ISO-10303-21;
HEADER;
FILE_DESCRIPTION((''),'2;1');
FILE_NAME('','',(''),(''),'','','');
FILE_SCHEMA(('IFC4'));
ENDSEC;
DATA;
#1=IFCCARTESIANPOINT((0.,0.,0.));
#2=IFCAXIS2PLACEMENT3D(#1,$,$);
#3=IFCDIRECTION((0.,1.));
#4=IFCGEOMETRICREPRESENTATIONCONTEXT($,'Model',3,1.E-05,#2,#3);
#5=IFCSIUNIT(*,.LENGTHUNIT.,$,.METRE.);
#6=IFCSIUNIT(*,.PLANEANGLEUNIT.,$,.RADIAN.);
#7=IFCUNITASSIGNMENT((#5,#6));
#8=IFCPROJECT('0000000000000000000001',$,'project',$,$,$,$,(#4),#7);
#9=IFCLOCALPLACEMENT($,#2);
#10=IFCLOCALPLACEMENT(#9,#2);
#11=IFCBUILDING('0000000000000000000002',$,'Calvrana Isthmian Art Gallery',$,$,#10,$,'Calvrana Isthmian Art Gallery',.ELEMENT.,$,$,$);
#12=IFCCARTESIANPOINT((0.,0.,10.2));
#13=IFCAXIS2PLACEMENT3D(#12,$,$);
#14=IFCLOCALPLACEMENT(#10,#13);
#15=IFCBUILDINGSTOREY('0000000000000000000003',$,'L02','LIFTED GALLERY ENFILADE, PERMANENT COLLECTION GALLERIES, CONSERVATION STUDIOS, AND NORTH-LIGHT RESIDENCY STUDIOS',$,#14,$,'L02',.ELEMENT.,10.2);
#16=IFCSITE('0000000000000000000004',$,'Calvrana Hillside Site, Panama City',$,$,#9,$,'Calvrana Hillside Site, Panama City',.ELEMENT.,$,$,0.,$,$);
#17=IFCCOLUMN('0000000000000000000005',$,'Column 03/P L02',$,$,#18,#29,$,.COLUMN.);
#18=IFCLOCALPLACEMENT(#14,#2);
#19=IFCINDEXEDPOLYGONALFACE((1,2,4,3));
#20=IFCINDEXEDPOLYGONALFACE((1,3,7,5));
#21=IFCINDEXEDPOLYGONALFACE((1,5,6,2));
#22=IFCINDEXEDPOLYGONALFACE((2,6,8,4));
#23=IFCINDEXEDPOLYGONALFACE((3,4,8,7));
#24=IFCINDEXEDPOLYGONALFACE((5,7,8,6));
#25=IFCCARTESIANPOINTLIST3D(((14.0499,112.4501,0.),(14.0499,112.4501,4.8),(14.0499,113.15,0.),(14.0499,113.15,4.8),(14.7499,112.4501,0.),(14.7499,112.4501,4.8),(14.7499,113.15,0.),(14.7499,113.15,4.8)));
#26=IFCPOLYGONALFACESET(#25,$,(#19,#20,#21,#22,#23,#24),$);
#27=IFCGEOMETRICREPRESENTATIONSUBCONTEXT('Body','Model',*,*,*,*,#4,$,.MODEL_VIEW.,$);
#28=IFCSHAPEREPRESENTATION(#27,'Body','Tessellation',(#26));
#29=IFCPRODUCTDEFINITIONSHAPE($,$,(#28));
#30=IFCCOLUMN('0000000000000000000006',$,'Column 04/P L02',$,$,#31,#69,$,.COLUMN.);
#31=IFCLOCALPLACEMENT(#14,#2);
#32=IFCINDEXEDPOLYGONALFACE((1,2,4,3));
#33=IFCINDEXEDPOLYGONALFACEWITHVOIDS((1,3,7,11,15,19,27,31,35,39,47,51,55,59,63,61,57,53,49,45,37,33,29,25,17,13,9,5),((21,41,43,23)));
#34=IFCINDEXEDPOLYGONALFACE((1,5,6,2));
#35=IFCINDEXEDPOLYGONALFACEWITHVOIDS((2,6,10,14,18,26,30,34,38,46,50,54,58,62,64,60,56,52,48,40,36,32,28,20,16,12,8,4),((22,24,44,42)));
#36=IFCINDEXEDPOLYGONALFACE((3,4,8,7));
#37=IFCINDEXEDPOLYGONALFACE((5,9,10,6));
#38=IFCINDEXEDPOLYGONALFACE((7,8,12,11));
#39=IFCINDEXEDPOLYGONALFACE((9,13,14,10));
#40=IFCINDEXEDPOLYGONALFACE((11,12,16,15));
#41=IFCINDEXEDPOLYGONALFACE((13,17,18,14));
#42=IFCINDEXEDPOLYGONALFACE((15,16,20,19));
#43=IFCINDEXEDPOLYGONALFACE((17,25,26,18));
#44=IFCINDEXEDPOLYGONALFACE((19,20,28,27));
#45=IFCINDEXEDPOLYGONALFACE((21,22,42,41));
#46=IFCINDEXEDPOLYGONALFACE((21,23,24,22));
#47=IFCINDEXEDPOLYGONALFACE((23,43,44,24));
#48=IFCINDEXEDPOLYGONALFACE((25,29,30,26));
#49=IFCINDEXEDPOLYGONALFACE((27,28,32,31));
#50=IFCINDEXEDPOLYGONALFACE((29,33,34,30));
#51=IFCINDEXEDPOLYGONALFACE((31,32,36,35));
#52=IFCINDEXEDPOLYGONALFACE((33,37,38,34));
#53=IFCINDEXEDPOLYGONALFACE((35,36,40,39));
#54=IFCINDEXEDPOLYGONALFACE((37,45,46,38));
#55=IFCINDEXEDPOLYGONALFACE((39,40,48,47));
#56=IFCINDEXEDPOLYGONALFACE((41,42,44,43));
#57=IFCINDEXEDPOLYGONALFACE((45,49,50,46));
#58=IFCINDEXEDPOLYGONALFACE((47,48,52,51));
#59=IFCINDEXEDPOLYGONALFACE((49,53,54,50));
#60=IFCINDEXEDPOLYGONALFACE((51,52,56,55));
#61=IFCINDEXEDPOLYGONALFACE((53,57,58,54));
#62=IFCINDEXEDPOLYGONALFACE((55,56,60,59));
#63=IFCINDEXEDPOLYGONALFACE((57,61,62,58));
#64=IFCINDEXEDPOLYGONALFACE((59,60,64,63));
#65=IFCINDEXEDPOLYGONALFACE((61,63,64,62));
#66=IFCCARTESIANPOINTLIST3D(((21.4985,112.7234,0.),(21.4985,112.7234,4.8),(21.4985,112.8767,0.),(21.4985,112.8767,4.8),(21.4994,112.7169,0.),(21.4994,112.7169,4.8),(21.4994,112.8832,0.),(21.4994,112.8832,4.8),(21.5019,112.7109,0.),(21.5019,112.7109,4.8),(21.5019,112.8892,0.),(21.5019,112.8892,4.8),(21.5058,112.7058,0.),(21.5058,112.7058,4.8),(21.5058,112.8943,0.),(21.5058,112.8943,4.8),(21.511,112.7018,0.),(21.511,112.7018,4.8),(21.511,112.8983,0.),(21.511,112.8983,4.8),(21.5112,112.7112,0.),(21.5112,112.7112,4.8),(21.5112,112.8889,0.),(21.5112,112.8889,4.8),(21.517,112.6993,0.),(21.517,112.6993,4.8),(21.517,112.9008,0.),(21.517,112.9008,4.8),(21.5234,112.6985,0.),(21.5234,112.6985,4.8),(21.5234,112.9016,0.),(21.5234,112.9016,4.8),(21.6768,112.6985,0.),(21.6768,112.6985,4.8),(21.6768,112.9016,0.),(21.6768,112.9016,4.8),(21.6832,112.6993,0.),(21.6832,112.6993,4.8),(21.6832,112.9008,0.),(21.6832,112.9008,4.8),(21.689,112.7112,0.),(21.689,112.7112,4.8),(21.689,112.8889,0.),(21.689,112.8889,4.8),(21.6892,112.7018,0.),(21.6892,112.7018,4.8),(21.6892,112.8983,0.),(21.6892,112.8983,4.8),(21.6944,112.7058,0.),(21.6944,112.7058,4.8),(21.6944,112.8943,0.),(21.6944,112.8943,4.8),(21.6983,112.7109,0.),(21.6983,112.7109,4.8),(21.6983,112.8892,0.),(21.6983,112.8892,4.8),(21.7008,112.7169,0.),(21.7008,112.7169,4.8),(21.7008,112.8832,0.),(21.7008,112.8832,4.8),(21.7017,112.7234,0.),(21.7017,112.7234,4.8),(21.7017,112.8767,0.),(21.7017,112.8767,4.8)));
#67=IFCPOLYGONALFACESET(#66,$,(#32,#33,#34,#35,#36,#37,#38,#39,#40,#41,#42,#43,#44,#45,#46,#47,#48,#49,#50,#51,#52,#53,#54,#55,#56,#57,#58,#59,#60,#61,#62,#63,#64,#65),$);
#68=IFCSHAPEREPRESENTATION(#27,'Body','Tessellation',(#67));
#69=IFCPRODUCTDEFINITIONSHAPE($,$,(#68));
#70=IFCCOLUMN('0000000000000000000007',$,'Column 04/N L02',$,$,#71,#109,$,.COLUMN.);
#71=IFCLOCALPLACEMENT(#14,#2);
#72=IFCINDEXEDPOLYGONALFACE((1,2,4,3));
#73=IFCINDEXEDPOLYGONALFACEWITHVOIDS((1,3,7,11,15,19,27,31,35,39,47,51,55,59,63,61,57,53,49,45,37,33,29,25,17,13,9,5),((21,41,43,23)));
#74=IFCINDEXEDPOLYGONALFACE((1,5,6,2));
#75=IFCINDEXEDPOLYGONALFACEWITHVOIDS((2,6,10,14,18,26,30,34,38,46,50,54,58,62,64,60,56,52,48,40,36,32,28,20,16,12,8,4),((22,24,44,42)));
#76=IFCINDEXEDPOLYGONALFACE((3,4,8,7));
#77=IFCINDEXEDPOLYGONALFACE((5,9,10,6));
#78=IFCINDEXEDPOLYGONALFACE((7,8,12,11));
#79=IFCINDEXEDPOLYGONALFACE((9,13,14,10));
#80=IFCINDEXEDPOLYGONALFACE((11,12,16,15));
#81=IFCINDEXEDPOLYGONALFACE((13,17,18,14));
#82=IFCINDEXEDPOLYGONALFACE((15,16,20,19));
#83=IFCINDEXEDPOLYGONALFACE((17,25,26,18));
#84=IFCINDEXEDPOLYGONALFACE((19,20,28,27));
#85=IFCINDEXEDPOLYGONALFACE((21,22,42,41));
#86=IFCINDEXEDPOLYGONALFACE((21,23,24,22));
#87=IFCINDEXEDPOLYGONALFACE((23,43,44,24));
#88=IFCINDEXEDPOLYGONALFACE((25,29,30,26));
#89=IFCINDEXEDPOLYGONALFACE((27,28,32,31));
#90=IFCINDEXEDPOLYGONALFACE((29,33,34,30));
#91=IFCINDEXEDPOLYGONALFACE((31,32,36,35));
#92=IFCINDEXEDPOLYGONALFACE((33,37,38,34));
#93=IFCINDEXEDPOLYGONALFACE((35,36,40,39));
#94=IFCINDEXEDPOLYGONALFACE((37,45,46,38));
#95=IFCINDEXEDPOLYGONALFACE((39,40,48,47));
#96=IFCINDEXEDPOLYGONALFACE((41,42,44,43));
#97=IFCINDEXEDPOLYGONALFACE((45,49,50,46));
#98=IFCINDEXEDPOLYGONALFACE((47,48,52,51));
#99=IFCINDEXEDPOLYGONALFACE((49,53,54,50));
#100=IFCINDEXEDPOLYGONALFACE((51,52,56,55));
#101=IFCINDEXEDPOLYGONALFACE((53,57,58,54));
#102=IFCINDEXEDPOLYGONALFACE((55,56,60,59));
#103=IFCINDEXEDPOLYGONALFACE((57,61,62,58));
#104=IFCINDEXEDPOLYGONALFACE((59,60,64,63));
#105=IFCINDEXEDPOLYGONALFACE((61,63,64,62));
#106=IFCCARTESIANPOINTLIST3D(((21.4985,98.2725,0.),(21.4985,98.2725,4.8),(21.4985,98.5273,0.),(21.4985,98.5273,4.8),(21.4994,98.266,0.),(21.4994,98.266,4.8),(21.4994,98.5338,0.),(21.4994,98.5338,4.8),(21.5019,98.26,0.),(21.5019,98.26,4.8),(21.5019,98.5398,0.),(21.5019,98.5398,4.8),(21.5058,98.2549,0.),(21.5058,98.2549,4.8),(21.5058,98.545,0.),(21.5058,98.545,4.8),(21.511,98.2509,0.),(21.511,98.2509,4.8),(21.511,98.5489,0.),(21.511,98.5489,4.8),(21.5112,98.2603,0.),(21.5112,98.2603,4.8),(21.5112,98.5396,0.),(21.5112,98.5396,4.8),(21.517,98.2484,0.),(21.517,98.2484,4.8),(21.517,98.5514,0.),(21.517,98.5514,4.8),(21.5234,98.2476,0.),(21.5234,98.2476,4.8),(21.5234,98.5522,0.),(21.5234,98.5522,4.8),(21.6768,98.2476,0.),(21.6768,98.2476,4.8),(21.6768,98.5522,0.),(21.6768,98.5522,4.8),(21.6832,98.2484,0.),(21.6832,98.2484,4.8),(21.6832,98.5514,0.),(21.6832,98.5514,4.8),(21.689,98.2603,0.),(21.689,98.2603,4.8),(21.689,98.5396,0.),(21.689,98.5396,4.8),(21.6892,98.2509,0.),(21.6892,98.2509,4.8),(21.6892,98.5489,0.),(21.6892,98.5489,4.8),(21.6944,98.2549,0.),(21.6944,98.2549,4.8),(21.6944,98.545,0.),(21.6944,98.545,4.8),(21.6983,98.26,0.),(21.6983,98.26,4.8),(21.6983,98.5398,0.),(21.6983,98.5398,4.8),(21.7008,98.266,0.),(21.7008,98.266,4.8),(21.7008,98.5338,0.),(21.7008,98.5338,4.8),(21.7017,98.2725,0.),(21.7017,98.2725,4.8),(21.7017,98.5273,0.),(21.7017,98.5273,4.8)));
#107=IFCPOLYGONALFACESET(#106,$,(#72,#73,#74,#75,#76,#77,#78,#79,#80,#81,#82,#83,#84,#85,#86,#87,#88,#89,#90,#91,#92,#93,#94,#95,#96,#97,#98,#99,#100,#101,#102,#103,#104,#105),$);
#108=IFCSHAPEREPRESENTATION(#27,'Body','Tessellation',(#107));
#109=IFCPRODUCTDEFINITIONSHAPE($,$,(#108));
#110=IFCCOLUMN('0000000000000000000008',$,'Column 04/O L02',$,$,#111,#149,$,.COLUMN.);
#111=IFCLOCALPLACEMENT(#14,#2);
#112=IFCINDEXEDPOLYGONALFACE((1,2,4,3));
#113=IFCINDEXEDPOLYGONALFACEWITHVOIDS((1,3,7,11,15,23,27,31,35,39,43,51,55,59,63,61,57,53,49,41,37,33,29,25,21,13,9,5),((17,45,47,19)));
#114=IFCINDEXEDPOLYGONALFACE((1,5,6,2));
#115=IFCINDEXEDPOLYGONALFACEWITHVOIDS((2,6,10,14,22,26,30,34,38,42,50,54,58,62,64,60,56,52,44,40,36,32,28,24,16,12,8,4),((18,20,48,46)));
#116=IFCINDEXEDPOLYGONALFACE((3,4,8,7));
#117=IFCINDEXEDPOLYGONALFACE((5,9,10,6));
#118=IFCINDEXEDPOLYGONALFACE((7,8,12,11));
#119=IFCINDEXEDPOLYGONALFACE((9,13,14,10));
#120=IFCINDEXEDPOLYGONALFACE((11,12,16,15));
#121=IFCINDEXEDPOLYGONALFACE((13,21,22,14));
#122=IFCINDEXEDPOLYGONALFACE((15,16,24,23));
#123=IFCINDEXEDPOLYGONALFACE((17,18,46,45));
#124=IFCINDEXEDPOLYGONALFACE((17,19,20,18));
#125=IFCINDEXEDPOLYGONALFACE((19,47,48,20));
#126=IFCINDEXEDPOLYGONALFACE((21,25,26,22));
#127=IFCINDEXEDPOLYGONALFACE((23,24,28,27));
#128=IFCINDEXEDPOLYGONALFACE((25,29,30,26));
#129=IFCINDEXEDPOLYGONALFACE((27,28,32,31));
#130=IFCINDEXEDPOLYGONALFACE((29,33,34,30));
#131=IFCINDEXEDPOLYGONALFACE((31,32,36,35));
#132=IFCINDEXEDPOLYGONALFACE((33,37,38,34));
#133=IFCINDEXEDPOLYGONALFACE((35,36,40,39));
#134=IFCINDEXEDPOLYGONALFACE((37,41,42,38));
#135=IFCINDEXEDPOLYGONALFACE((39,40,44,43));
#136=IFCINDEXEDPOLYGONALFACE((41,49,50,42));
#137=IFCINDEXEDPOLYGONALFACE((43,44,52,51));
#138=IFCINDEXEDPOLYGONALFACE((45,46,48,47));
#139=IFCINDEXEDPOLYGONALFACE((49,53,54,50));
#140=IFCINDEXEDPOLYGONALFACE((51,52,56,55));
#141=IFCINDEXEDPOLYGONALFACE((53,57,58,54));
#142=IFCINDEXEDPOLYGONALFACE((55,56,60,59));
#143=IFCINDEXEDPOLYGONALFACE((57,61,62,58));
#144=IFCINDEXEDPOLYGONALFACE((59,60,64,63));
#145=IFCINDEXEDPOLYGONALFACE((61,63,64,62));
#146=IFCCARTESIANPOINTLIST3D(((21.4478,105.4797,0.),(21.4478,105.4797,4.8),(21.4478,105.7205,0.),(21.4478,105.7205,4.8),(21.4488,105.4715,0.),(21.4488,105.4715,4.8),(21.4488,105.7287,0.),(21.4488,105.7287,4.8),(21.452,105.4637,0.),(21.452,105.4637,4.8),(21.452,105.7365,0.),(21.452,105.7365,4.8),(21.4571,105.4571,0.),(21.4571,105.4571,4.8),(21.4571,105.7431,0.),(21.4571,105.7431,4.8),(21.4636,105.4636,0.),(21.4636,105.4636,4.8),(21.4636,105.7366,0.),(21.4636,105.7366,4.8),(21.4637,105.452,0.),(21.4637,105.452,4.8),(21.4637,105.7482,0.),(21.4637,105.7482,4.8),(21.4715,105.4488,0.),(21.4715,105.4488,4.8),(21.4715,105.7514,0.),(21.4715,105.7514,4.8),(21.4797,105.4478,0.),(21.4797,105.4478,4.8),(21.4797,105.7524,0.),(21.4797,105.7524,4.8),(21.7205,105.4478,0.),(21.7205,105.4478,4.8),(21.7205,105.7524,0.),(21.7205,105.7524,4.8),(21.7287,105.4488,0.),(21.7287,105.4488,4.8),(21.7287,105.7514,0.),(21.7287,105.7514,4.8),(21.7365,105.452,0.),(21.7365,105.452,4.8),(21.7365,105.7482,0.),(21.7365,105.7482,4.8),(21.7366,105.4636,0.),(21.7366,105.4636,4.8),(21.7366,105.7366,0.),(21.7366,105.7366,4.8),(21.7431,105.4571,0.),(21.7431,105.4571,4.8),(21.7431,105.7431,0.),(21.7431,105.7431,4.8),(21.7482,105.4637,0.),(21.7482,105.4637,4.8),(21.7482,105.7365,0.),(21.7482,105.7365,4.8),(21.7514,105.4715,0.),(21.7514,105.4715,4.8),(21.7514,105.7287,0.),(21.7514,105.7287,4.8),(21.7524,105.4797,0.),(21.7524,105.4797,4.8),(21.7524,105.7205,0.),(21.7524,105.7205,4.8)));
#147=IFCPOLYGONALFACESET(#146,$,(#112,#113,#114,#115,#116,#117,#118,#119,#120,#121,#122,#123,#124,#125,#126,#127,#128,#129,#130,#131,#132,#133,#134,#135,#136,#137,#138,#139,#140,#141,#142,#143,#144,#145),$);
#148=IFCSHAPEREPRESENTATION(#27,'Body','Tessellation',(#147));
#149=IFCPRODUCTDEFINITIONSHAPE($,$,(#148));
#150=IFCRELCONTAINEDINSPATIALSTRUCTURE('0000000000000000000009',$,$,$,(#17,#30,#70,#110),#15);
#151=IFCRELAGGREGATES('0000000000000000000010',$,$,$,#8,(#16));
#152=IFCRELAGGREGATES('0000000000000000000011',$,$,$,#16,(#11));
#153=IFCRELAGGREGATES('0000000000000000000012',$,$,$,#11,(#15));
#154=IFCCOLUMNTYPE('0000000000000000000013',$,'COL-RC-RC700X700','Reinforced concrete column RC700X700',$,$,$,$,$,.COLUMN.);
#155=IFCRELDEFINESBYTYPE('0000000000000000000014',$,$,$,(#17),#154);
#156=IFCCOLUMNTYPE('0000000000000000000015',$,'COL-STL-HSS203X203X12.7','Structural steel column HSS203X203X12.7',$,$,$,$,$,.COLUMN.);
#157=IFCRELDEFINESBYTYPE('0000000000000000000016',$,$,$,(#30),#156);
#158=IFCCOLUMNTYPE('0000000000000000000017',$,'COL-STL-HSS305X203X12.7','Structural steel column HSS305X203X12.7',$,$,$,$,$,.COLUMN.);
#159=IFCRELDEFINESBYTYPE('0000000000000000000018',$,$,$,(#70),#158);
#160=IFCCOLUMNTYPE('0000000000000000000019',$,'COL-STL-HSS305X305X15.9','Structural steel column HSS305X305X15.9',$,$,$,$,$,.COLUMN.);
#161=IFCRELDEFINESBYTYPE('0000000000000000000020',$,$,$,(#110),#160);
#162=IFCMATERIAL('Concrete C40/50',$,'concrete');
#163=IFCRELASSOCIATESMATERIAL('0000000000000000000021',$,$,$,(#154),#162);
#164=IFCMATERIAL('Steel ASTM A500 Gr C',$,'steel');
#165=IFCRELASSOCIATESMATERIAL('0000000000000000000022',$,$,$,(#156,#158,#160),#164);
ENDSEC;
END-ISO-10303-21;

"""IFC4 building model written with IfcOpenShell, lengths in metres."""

from ifc_helpers import new_model, si_unit, direction, frame, origin, origin_2d, place, context, subcontext, project, spatial, rectangle, hollow_rectangle, extrude, material, material_profile, profile_set, type_object, element, save


model = new_model("IFC4")

# Units and contexts
model_context = context("Model", 3, precision=1e-05, world=origin(), true_north=direction((0.0, 1.0)))
body_context = subcontext(model_context, "Body", "Model", "MODEL_VIEW")
ifc_project = project(units=[si_unit("LENGTHUNIT", "METRE"), si_unit("PLANEANGLEUNIT", "RADIAN")], contexts=[model_context])

# Site, building, storey
site_placement = place(None, origin())
site = spatial("IfcSite", under=ifc_project, at=site_placement, Name="Calvrana Hillside Site, Panama City", LongName="Calvrana Hillside Site, Panama City", CompositionType="ELEMENT", RefElevation=0.0)
building_placement = place(site_placement, origin())
building = spatial("IfcBuilding", under=site, at=building_placement, Name="Calvrana Isthmian Art Gallery", LongName="Calvrana Isthmian Art Gallery", CompositionType="ELEMENT")
storey_placement = place(building_placement, frame((0.0, 0.0, 10.2)))
storey = spatial("IfcBuildingStorey", under=building, at=storey_placement, Name="L02", Description="LIFTED GALLERY ENFILADE, PERMANENT COLLECTION GALLERIES, CONSERVATION STUDIOS, AND NORTH-LIGHT RESIDENCY STUDIOS", LongName="L02", CompositionType="ELEMENT", Elevation=10.2)

# Columns
ifc_material_1 = material(Name="Concrete C40/50", Category="concrete")
ifc_material_profile_1 = material_profile(ifc_material_1, rectangle(XDim=0.7, YDim=0.7, at=origin_2d()), Name="RC700X700")
ifc_profile_set_1 = profile_set([ifc_material_profile_1], Name="Concrete C40/50")
column_type_1 = type_object("IfcColumnType", Name="COL-RC-RC700X700", Description="Reinforced concrete column RC700X700", PredefinedType="COLUMN", material=ifc_profile_set_1)
column_1_placement = place(storey_placement, frame((14.3999, 112.8, 0.0), z_axis=(0.0, 0.0, 1.0), x_axis=(1.0, 0.0, 0.0)))
element("IfcColumn", 1, at=column_1_placement, inside=storey, type_object=column_type_1, Name="Column 03/P L02", PredefinedType="COLUMN", context=body_context, shape_type="SweptSolid", body=[
    extrude(rectangle(XDim=0.7, YDim=0.7, at=origin_2d()), origin(), (0.0, 0.0, 1.0), 4.8),
])
ifc_material_2 = material(Name="Steel ASTM A500 Gr C", Category="steel")
ifc_material_profile_2 = material_profile(ifc_material_2, hollow_rectangle(XDim=0.2031, YDim=0.2031, WallThickness=0.0127, OuterFilletRadius=0.0249, at=origin_2d()), Name="HSS203X203X12.7")
ifc_profile_set_2 = profile_set([ifc_material_profile_2], Name="Steel ASTM A500 Gr C")
column_type_2 = type_object("IfcColumnType", Name="COL-STL-HSS203X203X12.7", Description="Structural steel column HSS203X203X12.7", PredefinedType="COLUMN", material=ifc_profile_set_2)
column_2_placement = place(storey_placement, frame((21.6001, 112.8, 0.0), z_axis=(0.0, 0.0, 1.0), x_axis=(1.0, 0.0, 0.0)))
element("IfcColumn", 2, at=column_2_placement, inside=storey, type_object=column_type_2, Name="Column 04/P L02", PredefinedType="COLUMN", context=body_context, shape_type="SweptSolid", body=[
    extrude(hollow_rectangle(XDim=0.2031, YDim=0.2031, WallThickness=0.0127, OuterFilletRadius=0.0249, at=origin_2d()), origin(), (0.0, 0.0, 1.0), 4.8),
])
ifc_material_profile_3 = material_profile(ifc_material_2, hollow_rectangle(XDim=0.2031, YDim=0.3047, WallThickness=0.0127, OuterFilletRadius=0.0249, at=origin_2d()), Name="HSS305X203X12.7")
ifc_profile_set_3 = profile_set([ifc_material_profile_3], Name="Steel ASTM A500 Gr C")
column_type_3 = type_object("IfcColumnType", Name="COL-STL-HSS305X203X12.7", Description="Structural steel column HSS305X203X12.7", PredefinedType="COLUMN", material=ifc_profile_set_3)
column_3_placement = place(storey_placement, frame((21.6001, 98.3999, 0.0), z_axis=(0.0, 0.0, 1.0), x_axis=(1.0, 0.0, 0.0)))
element("IfcColumn", 3, at=column_3_placement, inside=storey, type_object=column_type_3, Name="Column 04/N L02", PredefinedType="COLUMN", context=body_context, shape_type="SweptSolid", body=[
    extrude(hollow_rectangle(XDim=0.2031, YDim=0.3047, WallThickness=0.0127, OuterFilletRadius=0.0249, at=origin_2d()), origin(), (0.0, 0.0, 1.0), 4.8),
])
ifc_material_profile_4 = material_profile(ifc_material_2, hollow_rectangle(XDim=0.3047, YDim=0.3047, WallThickness=0.0159, OuterFilletRadius=0.032, at=origin_2d()), Name="HSS305X305X15.9")
ifc_profile_set_4 = profile_set([ifc_material_profile_4], Name="Steel ASTM A500 Gr C")
column_type_4 = type_object("IfcColumnType", Name="COL-STL-HSS305X305X15.9", Description="Structural steel column HSS305X305X15.9", PredefinedType="COLUMN", material=ifc_profile_set_4)
column_4_placement = place(storey_placement, frame((21.6001, 105.6001, 0.0), z_axis=(0.0, 0.0, 1.0), x_axis=(1.0, 0.0, 0.0)))
element("IfcColumn", 4, at=column_4_placement, inside=storey, type_object=column_type_4, Name="Column 04/O L02", PredefinedType="COLUMN", context=body_context, shape_type="SweptSolid", body=[
    extrude(hollow_rectangle(XDim=0.3047, YDim=0.3047, WallThickness=0.0159, OuterFilletRadius=0.032, at=origin_2d()), origin(), (0.0, 0.0, 1.0), 4.8),
])

save(model, "model.ifc")
